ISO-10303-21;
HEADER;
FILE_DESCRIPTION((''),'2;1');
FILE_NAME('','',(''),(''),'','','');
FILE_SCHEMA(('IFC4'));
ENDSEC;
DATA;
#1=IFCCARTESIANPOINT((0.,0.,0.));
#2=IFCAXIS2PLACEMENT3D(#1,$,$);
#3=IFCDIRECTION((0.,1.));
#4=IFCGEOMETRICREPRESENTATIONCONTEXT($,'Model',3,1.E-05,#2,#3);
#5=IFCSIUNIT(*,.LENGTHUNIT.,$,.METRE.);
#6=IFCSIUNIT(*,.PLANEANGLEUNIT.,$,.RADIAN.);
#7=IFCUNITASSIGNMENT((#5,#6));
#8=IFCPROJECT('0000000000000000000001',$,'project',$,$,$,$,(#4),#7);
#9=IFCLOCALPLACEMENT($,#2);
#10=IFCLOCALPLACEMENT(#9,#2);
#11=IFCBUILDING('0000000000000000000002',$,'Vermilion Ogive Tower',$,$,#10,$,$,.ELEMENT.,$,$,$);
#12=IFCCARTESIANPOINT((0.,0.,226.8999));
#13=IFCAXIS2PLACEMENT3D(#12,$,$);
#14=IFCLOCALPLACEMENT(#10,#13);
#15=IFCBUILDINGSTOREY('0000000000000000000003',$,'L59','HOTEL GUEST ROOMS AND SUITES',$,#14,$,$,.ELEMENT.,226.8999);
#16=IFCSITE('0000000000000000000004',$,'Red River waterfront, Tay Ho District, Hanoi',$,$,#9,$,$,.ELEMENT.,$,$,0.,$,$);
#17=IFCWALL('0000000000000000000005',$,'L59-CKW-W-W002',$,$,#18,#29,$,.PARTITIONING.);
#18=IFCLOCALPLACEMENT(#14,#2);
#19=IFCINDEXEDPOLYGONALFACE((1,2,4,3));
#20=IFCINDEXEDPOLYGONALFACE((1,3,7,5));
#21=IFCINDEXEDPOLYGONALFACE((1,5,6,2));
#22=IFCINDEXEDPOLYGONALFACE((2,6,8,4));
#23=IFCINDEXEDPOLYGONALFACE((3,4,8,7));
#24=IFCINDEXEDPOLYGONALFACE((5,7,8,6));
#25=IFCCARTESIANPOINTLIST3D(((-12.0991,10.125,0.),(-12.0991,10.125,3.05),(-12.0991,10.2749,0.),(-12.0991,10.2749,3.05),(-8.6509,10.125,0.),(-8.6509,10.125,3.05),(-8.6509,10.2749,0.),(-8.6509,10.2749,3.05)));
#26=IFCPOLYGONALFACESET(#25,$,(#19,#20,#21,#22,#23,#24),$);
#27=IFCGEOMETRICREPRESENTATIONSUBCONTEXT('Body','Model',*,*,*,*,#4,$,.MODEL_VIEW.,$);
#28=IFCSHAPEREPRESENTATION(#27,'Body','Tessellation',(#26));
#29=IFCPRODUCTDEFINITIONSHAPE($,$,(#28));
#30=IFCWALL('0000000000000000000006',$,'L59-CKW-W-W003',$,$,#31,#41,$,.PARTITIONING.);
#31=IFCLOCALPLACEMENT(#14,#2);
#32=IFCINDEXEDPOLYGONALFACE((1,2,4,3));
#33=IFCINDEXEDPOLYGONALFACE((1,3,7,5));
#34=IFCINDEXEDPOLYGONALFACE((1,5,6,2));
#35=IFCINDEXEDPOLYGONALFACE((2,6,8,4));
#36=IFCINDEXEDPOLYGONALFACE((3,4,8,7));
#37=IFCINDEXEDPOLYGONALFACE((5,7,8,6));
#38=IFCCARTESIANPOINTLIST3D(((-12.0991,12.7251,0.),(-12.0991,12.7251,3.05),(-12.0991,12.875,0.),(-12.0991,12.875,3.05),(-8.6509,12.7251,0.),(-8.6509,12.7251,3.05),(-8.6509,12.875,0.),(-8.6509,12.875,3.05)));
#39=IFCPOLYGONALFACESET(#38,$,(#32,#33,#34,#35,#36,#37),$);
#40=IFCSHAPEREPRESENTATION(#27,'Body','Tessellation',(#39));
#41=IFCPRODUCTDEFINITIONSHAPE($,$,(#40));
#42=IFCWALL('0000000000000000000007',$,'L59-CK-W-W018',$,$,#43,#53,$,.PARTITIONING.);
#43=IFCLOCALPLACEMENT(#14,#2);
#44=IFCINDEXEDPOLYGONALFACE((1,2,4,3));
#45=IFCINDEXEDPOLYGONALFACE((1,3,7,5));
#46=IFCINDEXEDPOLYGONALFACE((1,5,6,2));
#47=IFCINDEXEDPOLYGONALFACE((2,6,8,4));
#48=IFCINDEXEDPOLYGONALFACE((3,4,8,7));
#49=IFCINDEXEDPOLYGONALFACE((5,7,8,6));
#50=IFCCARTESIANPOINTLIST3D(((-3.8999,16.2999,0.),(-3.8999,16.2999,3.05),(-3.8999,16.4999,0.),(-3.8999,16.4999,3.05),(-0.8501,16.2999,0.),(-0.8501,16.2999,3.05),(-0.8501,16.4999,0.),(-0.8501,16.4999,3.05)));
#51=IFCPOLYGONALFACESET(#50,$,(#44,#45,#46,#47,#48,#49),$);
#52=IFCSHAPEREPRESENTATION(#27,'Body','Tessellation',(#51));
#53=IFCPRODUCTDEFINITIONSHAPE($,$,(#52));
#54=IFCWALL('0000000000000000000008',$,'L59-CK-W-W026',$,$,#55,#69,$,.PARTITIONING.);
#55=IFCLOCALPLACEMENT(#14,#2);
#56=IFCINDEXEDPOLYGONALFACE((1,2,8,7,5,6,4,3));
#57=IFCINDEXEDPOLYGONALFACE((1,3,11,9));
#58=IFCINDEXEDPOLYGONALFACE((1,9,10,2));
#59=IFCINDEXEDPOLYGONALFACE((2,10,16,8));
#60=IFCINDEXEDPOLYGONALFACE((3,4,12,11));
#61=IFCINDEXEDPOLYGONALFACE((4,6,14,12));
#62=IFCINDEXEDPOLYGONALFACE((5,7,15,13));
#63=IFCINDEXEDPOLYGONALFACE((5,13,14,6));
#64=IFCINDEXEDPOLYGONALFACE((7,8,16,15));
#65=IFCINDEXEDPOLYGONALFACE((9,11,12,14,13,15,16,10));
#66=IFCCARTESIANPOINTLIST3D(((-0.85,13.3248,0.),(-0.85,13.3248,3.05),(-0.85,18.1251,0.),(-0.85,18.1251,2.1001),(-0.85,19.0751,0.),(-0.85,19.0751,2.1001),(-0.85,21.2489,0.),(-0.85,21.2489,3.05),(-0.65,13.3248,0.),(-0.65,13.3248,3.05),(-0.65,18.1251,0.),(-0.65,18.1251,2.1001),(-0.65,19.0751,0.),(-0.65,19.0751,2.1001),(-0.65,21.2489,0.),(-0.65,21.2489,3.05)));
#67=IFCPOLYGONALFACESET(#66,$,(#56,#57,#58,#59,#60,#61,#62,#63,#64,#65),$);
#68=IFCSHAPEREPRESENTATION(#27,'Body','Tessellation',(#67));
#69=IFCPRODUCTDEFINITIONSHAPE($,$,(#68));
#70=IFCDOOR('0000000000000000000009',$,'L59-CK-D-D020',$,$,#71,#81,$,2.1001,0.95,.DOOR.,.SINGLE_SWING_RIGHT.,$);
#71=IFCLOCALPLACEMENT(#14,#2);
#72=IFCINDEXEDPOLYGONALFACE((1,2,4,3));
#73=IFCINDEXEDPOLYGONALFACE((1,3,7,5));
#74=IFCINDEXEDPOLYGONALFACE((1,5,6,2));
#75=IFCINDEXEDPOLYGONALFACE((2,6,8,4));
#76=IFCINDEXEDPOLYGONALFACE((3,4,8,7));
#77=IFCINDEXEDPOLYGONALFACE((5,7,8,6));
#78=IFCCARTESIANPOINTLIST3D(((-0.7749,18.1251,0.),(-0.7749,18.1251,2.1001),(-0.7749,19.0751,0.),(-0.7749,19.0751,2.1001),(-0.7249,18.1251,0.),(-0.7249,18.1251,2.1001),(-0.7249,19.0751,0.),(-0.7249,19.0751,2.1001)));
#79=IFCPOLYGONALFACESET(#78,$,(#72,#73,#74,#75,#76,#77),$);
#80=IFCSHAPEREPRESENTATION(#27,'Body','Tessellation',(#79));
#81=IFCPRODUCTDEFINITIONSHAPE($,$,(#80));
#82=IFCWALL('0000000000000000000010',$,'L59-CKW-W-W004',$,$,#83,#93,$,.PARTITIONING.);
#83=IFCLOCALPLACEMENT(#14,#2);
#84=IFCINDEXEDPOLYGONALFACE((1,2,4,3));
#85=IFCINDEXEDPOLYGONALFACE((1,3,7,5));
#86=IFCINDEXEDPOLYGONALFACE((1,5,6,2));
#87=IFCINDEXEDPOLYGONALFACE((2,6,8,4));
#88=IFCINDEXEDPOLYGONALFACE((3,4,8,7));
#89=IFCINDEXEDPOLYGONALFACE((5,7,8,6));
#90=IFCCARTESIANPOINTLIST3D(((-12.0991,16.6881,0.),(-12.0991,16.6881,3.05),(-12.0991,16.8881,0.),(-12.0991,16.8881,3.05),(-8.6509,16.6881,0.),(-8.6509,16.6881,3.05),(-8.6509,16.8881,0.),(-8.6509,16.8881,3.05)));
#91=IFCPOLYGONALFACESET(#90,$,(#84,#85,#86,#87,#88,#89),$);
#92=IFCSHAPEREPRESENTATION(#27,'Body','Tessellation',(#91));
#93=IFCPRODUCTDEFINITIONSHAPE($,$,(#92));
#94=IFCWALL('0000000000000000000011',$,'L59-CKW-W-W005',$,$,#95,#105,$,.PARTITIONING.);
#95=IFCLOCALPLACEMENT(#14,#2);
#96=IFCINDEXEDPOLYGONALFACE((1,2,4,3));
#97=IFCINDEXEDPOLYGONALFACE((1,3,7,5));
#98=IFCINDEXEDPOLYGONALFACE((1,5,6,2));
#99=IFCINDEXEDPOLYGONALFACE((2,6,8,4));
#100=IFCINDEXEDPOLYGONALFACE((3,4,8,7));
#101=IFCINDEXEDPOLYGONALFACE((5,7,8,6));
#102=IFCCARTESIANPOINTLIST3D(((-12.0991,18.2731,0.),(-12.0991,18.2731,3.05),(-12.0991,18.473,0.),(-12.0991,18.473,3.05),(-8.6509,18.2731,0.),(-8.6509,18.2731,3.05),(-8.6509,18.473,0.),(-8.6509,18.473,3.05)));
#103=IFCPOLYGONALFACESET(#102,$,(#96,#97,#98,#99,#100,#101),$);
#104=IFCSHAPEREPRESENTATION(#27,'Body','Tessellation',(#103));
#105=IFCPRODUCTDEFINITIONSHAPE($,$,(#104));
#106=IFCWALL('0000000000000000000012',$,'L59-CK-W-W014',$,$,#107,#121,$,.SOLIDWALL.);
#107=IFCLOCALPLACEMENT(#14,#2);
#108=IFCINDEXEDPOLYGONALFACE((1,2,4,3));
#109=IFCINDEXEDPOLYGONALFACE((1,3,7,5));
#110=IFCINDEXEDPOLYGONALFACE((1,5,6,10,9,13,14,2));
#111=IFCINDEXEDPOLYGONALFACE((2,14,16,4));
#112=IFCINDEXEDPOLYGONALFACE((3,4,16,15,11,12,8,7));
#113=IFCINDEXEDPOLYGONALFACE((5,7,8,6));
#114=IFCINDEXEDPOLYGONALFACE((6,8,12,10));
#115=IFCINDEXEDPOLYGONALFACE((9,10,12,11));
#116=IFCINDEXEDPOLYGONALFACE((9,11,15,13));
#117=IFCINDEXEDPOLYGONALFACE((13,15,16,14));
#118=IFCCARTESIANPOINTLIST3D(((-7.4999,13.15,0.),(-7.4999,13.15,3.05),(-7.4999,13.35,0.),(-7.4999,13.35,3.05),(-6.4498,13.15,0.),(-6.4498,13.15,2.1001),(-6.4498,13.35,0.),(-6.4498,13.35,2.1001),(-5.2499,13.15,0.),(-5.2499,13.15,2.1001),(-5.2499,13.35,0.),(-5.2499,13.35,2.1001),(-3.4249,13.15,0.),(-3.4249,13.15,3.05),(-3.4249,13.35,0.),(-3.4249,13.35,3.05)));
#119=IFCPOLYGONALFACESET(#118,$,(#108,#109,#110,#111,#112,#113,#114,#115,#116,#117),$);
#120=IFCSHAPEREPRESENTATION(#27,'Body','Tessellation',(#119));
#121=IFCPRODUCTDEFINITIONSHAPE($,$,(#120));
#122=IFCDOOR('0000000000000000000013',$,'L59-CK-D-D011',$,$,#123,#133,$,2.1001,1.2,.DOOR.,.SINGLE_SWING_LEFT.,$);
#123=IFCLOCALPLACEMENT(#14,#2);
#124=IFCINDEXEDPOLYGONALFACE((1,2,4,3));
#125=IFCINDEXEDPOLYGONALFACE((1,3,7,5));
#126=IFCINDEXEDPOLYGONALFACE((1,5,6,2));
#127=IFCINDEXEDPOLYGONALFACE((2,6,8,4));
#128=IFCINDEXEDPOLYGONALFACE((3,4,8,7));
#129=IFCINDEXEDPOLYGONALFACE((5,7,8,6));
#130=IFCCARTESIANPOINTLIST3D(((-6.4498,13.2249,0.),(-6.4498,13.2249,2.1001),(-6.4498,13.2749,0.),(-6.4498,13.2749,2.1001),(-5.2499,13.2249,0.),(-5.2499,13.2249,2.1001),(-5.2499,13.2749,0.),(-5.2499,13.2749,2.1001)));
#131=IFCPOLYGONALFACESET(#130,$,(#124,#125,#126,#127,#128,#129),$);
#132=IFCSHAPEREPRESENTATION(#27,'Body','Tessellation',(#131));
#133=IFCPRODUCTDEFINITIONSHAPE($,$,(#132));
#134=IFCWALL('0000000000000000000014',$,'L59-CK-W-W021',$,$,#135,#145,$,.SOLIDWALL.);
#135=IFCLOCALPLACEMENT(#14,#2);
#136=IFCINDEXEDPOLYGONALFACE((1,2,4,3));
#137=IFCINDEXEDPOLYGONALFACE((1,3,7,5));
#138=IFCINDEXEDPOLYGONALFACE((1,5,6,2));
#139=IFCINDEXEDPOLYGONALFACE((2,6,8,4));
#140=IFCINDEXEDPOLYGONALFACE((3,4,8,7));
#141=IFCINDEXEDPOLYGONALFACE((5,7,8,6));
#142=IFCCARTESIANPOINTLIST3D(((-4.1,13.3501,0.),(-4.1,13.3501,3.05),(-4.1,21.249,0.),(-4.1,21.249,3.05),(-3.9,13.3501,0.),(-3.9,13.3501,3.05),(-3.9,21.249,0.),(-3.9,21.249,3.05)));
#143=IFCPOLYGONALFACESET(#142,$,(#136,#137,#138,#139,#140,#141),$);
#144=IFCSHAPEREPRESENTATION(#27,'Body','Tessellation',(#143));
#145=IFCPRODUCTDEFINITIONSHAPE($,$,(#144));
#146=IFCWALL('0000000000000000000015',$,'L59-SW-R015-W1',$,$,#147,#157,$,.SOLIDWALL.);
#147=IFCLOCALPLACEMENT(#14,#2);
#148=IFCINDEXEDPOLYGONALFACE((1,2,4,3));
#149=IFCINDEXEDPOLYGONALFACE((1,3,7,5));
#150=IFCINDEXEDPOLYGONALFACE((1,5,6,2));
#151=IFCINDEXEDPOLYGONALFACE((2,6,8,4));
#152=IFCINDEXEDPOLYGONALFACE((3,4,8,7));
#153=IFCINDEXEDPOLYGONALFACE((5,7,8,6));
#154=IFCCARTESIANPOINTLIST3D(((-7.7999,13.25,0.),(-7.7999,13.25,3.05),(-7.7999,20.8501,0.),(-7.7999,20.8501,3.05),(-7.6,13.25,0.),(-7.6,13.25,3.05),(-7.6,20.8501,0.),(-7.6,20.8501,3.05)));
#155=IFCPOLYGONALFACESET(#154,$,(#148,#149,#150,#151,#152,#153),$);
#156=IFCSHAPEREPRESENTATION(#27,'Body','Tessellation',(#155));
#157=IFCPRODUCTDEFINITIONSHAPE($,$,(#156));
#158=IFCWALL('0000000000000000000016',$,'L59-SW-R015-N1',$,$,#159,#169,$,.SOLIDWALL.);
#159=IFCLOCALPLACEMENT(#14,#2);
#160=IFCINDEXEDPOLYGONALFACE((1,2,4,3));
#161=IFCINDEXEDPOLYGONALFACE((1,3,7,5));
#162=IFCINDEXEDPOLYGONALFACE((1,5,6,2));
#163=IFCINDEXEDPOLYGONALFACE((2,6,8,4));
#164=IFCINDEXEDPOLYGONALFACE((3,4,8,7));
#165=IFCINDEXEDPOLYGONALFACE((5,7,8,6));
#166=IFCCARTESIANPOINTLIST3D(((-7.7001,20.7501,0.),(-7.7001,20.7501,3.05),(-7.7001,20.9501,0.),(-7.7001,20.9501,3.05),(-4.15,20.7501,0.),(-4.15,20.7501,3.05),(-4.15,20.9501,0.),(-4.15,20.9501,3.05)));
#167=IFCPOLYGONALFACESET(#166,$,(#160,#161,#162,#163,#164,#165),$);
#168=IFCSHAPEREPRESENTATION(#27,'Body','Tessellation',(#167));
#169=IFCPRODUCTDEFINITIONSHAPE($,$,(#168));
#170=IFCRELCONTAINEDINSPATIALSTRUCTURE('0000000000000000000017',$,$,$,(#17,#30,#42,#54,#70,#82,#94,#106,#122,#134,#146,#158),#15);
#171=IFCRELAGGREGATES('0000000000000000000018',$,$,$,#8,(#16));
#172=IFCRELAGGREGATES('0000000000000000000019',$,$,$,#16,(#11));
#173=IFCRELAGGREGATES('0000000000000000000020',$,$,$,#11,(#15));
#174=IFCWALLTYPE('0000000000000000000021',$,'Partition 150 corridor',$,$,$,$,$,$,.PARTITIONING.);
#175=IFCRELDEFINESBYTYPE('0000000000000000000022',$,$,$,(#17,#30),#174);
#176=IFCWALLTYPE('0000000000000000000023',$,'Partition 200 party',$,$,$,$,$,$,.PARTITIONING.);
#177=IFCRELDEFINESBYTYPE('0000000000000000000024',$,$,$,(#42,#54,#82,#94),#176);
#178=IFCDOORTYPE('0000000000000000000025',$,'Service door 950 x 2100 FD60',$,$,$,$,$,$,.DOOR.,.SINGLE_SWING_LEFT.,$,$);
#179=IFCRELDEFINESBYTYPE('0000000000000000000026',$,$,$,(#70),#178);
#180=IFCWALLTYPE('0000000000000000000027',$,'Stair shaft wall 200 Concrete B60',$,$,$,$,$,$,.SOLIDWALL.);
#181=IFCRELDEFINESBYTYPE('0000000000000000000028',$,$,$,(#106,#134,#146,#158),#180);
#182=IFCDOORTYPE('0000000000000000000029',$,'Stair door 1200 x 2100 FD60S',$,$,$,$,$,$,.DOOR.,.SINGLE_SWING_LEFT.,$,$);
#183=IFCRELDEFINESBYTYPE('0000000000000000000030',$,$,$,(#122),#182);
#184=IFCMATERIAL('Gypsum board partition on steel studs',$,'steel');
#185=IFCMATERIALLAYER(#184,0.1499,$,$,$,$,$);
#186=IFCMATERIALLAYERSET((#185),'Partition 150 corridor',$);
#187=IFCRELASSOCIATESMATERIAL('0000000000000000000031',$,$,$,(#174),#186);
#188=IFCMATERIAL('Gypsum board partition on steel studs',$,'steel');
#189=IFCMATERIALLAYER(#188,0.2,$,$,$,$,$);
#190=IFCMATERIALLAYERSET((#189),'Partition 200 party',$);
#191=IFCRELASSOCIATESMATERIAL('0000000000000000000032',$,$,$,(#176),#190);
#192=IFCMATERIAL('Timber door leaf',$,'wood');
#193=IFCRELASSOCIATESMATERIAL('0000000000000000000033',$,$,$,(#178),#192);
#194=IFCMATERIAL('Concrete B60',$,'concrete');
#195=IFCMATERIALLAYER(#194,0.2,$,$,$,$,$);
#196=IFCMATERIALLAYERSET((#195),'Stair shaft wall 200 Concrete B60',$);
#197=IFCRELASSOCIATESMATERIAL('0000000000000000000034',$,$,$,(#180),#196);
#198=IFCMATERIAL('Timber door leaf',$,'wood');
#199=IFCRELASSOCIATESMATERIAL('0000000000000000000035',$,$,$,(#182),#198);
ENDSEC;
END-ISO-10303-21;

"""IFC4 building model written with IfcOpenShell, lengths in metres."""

from ifc_helpers import new_model, si_unit, direction, frame, frame_2d, origin, place, context, subcontext, project, spatial, rectangle, extrude, material, layer, layer_set, type_object, element, fill, save


model = new_model("IFC4")

# Units and contexts
model_context = context("Model", 3, precision=1e-05, world=origin(), true_north=direction((0.0, 1.0)))
body_context = subcontext(model_context, "Body", "Model", "MODEL_VIEW")
ifc_project = project(units=[si_unit("LENGTHUNIT", "METRE"), si_unit("PLANEANGLEUNIT", "RADIAN")], contexts=[model_context])

# Site, building, storey
site_placement = place(None, origin())
site = spatial("IfcSite", under=ifc_project, at=site_placement, Name="Red River waterfront, Tay Ho District, Hanoi", CompositionType="ELEMENT", RefElevation=0.0)
building_placement = place(site_placement, origin())
building = spatial("IfcBuilding", under=site, at=building_placement, Name="Vermilion Ogive Tower", CompositionType="ELEMENT")
storey_placement = place(building_placement, frame((0.0, 0.0, 226.8999)))
storey = spatial("IfcBuildingStorey", under=building, at=storey_placement, Name="L59", Description="HOTEL GUEST ROOMS AND SUITES", CompositionType="ELEMENT", Elevation=226.8999)

# Shared definitions
ifc_material_1 = material(Name="Gypsum board partition on steel studs", Category="steel")
ifc_layer_1 = layer(ifc_material_1, 0.1499)
ifc_layer_set_1 = layer_set([ifc_layer_1], Name="Partition 150 corridor")
wall_type_1 = type_object("IfcWallType", Name="Partition 150 corridor", PredefinedType="PARTITIONING", material=ifc_layer_set_1)

# Walls
for number, where, z_axis, x_axis, name in (
    (1, (-12.0991, 10.2, 0.0), (0.0, 0.0, 1.0), (1.0, 0.0, 0.0), "L59-CKW-W-W002"),
    (2, (-12.0991, 12.8, 0.0), (0.0, 0.0, 1.0), (1.0, 0.0, 0.0), "L59-CKW-W-W003"),
):
    element("IfcWall", number, at=place(storey_placement, frame(where, z_axis=z_axis, x_axis=x_axis)), inside=storey, type_object=wall_type_1, Name=name, PredefinedType="PARTITIONING", context=body_context, shape_type="SweptSolid", body=[
        extrude(rectangle(XDim=3.4482, YDim=0.1499, at=frame_2d((1.7241, 0.0))), origin(), (0.0, 0.0, 1.0), 3.05),
    ])
ifc_material_2 = material(Name="Gypsum board partition on steel studs", Category="steel")
ifc_layer_2 = layer(ifc_material_2, 0.2)
ifc_layer_set_2 = layer_set([ifc_layer_2], Name="Partition 200 party")
wall_type_2 = type_object("IfcWallType", Name="Partition 200 party", PredefinedType="PARTITIONING", material=ifc_layer_set_2)
wall_1_placement = place(storey_placement, frame((-3.8999, 16.3999, 0.0), z_axis=(0.0, 0.0, 1.0), x_axis=(1.0, 0.0, 0.0)))
element("IfcWall", 3, at=wall_1_placement, inside=storey, type_object=wall_type_2, Name="L59-CK-W-W018", PredefinedType="PARTITIONING", context=body_context, shape_type="SweptSolid", body=[
    extrude(rectangle(XDim=3.0498, YDim=0.2, at=frame_2d((1.5249, 0.0))), origin(), (0.0, 0.0, 1.0), 3.05),
])

# Wall, opening, door
wall_2_placement = place(storey_placement, frame((-0.75, 13.325, 0.0), z_axis=(0.0, 0.0, 1.0), x_axis=(0.0, 1.0, 0.0)))
wall_2 = element("IfcWall", 4, at=wall_2_placement, inside=storey, type_object=wall_type_2, Name="L59-CK-W-W026", PredefinedType="PARTITIONING", context=body_context, shape_type="SweptSolid", body=[
    extrude(rectangle(XDim=7.9241, YDim=0.2, at=frame_2d((3.9619, 0.0))), origin(), (0.0, 0.0, 1.0), 3.05),
])
opening_1_placement = place(wall_2_placement, frame((4.8, 0.0, 0.0)))
opening_1 = element("IfcOpeningElement", 5, at=opening_1_placement, cuts=wall_2, PredefinedType="OPENING", context=body_context, shape_type="SweptSolid", body=[
    extrude(rectangle(XDim=0.95, YDim=2.1001, at=frame_2d((0.4751, 1.05))), frame((0.0, 0.1099, 0.0), z_axis=(0.0, -1.0, 0.0), x_axis=(1.0, 0.0, 0.0)), (0.0, 0.0, 1.0), 0.22),
])
ifc_material_3 = material(Name="Timber door leaf", Category="wood")
door_type_1 = type_object("IfcDoorType", Name="Service door 950 x 2100 FD60", OperationType="SINGLE_SWING_LEFT", PredefinedType="DOOR", material=ifc_material_3)
door_1_placement = place(opening_1_placement, origin())
door_1 = element("IfcDoor", 6, at=door_1_placement, inside=storey, type_object=door_type_1, Name="L59-CK-D-D020", OperationType="SINGLE_SWING_RIGHT", OverallHeight=2.1001, OverallWidth=0.95, PredefinedType="DOOR", context=body_context, shape_type="SweptSolid", body=[
    extrude(rectangle(XDim=0.95, YDim=2.1001, at=frame_2d((0.4751, 1.05))), frame((0.0, 0.0249, 0.0), z_axis=(0.0, -1.0, 0.0), x_axis=(1.0, 0.0, 0.0)), (0.0, 0.0, 1.0), 0.05),
])
fill(opening_1, door_1)

# Walls
for number, where, z_axis, x_axis, name in (
    (7, (-12.0991, 16.7881, 0.0), (0.0, 0.0, 1.0), (1.0, 0.0, 0.0), "L59-CKW-W-W004"),
    (8, (-12.0991, 18.373, 0.0), (0.0, 0.0, 1.0), (1.0, 0.0, 0.0), "L59-CKW-W-W005"),
):
    element("IfcWall", number, at=place(storey_placement, frame(where, z_axis=z_axis, x_axis=x_axis)), inside=storey, type_object=wall_type_2, Name=name, PredefinedType="PARTITIONING", context=body_context, shape_type="SweptSolid", body=[
        extrude(rectangle(XDim=3.4482, YDim=0.2, at=frame_2d((1.7241, 0.0))), origin(), (0.0, 0.0, 1.0), 3.05),
    ])

# Wall, opening, door
ifc_material_4 = material(Name="Concrete B60", Category="concrete")
ifc_layer_3 = layer(ifc_material_4, 0.2)
ifc_layer_set_3 = layer_set([ifc_layer_3], Name="Stair shaft wall 200 Concrete B60")
wall_type_3 = type_object("IfcWallType", Name="Stair shaft wall 200 Concrete B60", PredefinedType="SOLIDWALL", material=ifc_layer_set_3)
wall_3_placement = place(storey_placement, frame((-7.5, 13.25, 0.0), z_axis=(0.0, 0.0, 1.0), x_axis=(1.0, 0.0, 0.0)))
wall_3 = element("IfcWall", 9, at=wall_3_placement, inside=storey, type_object=wall_type_3, Name="L59-CK-W-W014", PredefinedType="SOLIDWALL", context=body_context, shape_type="SweptSolid", body=[
    extrude(rectangle(XDim=4.075, YDim=0.2, at=frame_2d((2.0376, 0.0))), origin(), (0.0, 0.0, 1.0), 3.05),
])
opening_2_placement = place(wall_3_placement, frame((1.05, 0.0, 0.0)))
opening_2 = element("IfcOpeningElement", 10, at=opening_2_placement, cuts=wall_3, PredefinedType="OPENING", context=body_context, shape_type="SweptSolid", body=[
    extrude(rectangle(XDim=1.2, YDim=2.1001, at=frame_2d((0.6001, 1.05))), frame((0.0, 0.1099, 0.0), z_axis=(0.0, -1.0, 0.0), x_axis=(1.0, 0.0, 0.0)), (0.0, 0.0, 1.0), 0.22),
])
ifc_material_5 = material(Name="Timber door leaf", Category="wood")
door_type_2 = type_object("IfcDoorType", Name="Stair door 1200 x 2100 FD60S", OperationType="SINGLE_SWING_LEFT", PredefinedType="DOOR", material=ifc_material_5)
door_2_placement = place(opening_2_placement, origin())
door_2 = element("IfcDoor", 11, at=door_2_placement, inside=storey, type_object=door_type_2, Name="L59-CK-D-D011", OperationType="SINGLE_SWING_LEFT", OverallHeight=2.1001, OverallWidth=1.2, PredefinedType="DOOR", context=body_context, shape_type="SweptSolid", body=[
    extrude(rectangle(XDim=1.2, YDim=2.1001, at=frame_2d((0.6001, 1.05))), frame((0.0, 0.0249, 0.0), z_axis=(0.0, -1.0, 0.0), x_axis=(1.0, 0.0, 0.0)), (0.0, 0.0, 1.0), 0.05),
])
fill(opening_2, door_2)

# Walls
wall_4_placement = place(storey_placement, frame((-4.0, 13.3501, 0.0), z_axis=(0.0, 0.0, 1.0), x_axis=(0.0, 1.0, 0.0)))
element("IfcWall", 12, at=wall_4_placement, inside=storey, type_object=wall_type_3, Name="L59-CK-W-W021", PredefinedType="SOLIDWALL", context=body_context, shape_type="SweptSolid", body=[
    extrude(rectangle(XDim=7.8989, YDim=0.2, at=frame_2d((3.9495, 0.0))), origin(), (0.0, 0.0, 1.0), 3.05),
])
wall_5_placement = place(storey_placement, frame((-7.7, 13.25, 0.0), z_axis=(0.0, 0.0, 1.0), x_axis=(0.0, 1.0, 0.0)))
element("IfcWall", 13, at=wall_5_placement, inside=storey, type_object=wall_type_3, Name="L59-SW-R015-W1", PredefinedType="SOLIDWALL", context=body_context, shape_type="SweptSolid", body=[
    extrude(rectangle(XDim=7.6001, YDim=0.2, at=frame_2d((3.8, 0.0))), origin(), (0.0, 0.0, 1.0), 3.05),
])
wall_6_placement = place(storey_placement, frame((-7.7, 20.8501, 0.0), z_axis=(0.0, 0.0, 1.0), x_axis=(1.0, 0.0, 0.0)))
element("IfcWall", 14, at=wall_6_placement, inside=storey, type_object=wall_type_3, Name="L59-SW-R015-N1", PredefinedType="SOLIDWALL", context=body_context, shape_type="SweptSolid", body=[
    extrude(rectangle(XDim=3.55, YDim=0.2, at=frame_2d((1.7749, 0.0))), origin(), (0.0, 0.0, 1.0), 3.05),
])

save(model, "model.ifc")
